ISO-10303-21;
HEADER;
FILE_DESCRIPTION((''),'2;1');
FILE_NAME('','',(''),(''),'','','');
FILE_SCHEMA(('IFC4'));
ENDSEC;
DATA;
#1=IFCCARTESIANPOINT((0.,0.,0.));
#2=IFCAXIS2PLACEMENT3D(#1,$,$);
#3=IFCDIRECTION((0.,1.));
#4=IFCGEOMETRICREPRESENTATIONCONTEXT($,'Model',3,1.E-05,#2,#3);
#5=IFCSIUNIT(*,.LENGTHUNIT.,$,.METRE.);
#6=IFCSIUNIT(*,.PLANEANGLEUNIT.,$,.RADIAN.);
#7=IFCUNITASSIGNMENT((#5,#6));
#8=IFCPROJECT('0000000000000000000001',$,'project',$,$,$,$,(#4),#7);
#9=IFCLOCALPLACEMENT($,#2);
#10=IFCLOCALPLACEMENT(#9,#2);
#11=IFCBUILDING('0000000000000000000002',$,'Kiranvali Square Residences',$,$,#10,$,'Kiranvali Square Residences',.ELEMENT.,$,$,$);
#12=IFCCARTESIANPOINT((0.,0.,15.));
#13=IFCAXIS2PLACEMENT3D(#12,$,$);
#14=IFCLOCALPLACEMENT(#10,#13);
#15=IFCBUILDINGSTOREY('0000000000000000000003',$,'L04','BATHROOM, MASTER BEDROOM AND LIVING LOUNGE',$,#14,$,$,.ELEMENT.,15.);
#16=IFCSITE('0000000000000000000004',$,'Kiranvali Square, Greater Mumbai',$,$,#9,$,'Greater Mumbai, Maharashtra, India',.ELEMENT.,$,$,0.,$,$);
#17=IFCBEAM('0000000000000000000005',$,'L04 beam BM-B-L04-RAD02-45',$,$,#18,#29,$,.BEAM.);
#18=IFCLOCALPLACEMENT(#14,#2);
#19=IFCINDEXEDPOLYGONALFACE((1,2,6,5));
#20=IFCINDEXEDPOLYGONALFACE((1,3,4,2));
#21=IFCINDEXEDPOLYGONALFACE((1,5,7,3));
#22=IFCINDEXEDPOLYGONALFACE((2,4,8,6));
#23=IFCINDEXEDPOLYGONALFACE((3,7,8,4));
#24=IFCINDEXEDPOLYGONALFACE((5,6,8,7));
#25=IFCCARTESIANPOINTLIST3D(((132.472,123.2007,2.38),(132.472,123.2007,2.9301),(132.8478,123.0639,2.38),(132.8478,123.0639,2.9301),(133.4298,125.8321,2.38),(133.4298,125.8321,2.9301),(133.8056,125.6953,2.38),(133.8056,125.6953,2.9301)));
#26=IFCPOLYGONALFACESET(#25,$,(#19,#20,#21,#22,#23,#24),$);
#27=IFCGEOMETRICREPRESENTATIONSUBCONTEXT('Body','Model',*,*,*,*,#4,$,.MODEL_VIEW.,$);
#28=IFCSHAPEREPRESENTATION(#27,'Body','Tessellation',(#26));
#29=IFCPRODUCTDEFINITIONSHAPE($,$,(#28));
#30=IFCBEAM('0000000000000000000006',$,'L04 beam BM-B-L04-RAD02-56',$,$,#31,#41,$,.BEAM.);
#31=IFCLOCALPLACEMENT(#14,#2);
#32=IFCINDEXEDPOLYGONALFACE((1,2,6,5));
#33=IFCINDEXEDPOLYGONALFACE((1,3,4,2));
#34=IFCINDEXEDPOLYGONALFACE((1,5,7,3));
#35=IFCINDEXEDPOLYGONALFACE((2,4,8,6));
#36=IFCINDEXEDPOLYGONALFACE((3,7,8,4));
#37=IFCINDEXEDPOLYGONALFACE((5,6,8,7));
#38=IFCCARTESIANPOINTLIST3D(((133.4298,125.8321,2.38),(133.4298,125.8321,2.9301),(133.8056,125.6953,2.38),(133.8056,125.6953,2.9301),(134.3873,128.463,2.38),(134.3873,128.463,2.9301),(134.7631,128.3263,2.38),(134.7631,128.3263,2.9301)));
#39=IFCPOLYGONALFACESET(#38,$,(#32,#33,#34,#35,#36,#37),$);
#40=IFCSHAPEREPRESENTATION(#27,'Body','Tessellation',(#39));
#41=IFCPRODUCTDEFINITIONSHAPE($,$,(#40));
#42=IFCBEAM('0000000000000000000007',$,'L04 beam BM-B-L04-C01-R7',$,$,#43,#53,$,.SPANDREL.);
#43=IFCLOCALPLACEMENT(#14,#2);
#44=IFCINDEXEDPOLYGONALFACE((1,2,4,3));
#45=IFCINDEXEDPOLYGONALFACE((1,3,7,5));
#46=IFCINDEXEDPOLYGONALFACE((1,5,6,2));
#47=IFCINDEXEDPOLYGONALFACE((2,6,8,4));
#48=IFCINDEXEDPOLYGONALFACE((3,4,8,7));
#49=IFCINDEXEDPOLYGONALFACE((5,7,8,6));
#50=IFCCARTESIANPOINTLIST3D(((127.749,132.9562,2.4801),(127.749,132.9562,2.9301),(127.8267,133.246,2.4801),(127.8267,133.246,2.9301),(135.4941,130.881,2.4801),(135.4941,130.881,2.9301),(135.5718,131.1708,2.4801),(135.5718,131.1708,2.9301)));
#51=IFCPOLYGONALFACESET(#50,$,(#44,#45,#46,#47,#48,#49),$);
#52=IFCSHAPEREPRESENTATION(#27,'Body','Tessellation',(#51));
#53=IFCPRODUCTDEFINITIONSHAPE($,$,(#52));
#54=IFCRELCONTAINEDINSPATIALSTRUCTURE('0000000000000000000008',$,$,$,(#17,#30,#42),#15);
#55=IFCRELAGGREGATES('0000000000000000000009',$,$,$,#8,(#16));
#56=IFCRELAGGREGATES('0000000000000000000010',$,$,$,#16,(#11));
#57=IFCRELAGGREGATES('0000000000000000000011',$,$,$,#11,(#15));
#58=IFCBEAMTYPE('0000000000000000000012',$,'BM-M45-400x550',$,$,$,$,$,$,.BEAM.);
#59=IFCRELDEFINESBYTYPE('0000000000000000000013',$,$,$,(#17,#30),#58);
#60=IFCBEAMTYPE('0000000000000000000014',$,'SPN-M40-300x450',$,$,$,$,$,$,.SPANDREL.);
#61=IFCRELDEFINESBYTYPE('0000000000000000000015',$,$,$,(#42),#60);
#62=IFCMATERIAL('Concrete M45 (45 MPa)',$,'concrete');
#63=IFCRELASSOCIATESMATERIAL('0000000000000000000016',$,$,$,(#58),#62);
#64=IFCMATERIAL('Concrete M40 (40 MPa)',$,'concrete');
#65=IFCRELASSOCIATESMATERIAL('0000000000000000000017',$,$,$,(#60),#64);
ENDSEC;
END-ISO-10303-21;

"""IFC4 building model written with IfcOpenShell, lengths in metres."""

from ifc_helpers import new_model, si_unit, direction, frame, origin, origin_2d, place, context, subcontext, project, spatial, rectangle, extrude, material, material_profile, profile_set, type_object, element, save


model = new_model("IFC4")

# Units and contexts
model_context = context("Model", 3, precision=1e-05, world=origin(), true_north=direction((0.0, 1.0)))
body_context = subcontext(model_context, "Body", "Model", "MODEL_VIEW")
ifc_project = project(units=[si_unit("LENGTHUNIT", "METRE"), si_unit("PLANEANGLEUNIT", "RADIAN")], contexts=[model_context])

# Site, building, storey
site_placement = place(None, origin())
site = spatial("IfcSite", under=ifc_project, at=site_placement, Name="Kiranvali Square, Greater Mumbai", LongName="Greater Mumbai, Maharashtra, India", CompositionType="ELEMENT", RefElevation=0.0)
building_placement = place(site_placement, origin())
building = spatial("IfcBuilding", under=site, at=building_placement, Name="Kiranvali Square Residences", LongName="Kiranvali Square Residences", CompositionType="ELEMENT")
storey_placement = place(building_placement, frame((0.0, 0.0, 15.0)))
storey = spatial("IfcBuildingStorey", under=building, at=storey_placement, Name="L04", Description="BATHROOM, MASTER BEDROOM AND LIVING LOUNGE", CompositionType="ELEMENT", Elevation=15.0)

# Beams
ifc_material_1 = material(Name="Concrete M45 (45 MPa)", Category="concrete")
ifc_material_profile_1 = material_profile(ifc_material_1, rectangle(XDim=0.3999, YDim=0.55, at=origin_2d()), Name="RC 400x550")
ifc_profile_set_1 = profile_set([ifc_material_profile_1], Name="Concrete M45 (45 MPa)")
beam_type_1 = type_object("IfcBeamType", Name="BM-M45-400x550", PredefinedType="BEAM", material=ifc_profile_set_1)
beam_1_placement = place(storey_placement, frame((132.6599, 123.1323, 2.655), z_axis=(0.34203, 0.939689, 0.0), x_axis=(-0.939689, 0.34203, 0.0)))
element("IfcBeam", 1, at=beam_1_placement, inside=storey, type_object=beam_type_1, Name="L04 beam BM-B-L04-RAD02-45", PredefinedType="BEAM", context=body_context, shape_type="SweptSolid", body=[
    extrude(rectangle(XDim=0.3999, YDim=0.55, at=origin_2d()), origin(), (0.0, 0.0, 1.0), 2.8003),
])
beam_2_placement = place(storey_placement, frame((133.6177, 125.7637, 2.655), z_axis=(0.341981, 0.939707, 0.0), x_axis=(-0.939707, 0.341981, 0.0)))
element("IfcBeam", 2, at=beam_2_placement, inside=storey, type_object=beam_type_1, Name="L04 beam BM-B-L04-RAD02-56", PredefinedType="BEAM", context=body_context, shape_type="SweptSolid", body=[
    extrude(rectangle(XDim=0.3999, YDim=0.55, at=origin_2d()), origin(), (0.0, 0.0, 1.0), 2.7998),
])
ifc_material_2 = material(Name="Concrete M40 (40 MPa)", Category="concrete")
ifc_material_profile_2 = material_profile(ifc_material_2, rectangle(XDim=0.3, YDim=0.45, at=origin_2d()), Name="RC 300x450")
ifc_profile_set_2 = profile_set([ifc_material_profile_2], Name="Concrete M40 (40 MPa)")
beam_type_2 = type_object("IfcBeamType", Name="SPN-M40-300x450", PredefinedType="SPANDREL", material=ifc_profile_set_2)
beam_3_placement = place(storey_placement, frame((127.7878, 133.1011, 2.7051), z_axis=(0.965929, -0.258807, 0.0), x_axis=(0.258807, 0.965929, 0.0)))
element("IfcBeam", 3, at=beam_3_placement, inside=storey, type_object=beam_type_2, Name="L04 beam BM-B-L04-C01-R7", PredefinedType="SPANDREL", context=body_context, shape_type="SweptSolid", body=[
    extrude(rectangle(XDim=0.3, YDim=0.45, at=origin_2d()), origin(), (0.0, 0.0, 1.0), 8.0183),
])

save(model, "model.ifc")
